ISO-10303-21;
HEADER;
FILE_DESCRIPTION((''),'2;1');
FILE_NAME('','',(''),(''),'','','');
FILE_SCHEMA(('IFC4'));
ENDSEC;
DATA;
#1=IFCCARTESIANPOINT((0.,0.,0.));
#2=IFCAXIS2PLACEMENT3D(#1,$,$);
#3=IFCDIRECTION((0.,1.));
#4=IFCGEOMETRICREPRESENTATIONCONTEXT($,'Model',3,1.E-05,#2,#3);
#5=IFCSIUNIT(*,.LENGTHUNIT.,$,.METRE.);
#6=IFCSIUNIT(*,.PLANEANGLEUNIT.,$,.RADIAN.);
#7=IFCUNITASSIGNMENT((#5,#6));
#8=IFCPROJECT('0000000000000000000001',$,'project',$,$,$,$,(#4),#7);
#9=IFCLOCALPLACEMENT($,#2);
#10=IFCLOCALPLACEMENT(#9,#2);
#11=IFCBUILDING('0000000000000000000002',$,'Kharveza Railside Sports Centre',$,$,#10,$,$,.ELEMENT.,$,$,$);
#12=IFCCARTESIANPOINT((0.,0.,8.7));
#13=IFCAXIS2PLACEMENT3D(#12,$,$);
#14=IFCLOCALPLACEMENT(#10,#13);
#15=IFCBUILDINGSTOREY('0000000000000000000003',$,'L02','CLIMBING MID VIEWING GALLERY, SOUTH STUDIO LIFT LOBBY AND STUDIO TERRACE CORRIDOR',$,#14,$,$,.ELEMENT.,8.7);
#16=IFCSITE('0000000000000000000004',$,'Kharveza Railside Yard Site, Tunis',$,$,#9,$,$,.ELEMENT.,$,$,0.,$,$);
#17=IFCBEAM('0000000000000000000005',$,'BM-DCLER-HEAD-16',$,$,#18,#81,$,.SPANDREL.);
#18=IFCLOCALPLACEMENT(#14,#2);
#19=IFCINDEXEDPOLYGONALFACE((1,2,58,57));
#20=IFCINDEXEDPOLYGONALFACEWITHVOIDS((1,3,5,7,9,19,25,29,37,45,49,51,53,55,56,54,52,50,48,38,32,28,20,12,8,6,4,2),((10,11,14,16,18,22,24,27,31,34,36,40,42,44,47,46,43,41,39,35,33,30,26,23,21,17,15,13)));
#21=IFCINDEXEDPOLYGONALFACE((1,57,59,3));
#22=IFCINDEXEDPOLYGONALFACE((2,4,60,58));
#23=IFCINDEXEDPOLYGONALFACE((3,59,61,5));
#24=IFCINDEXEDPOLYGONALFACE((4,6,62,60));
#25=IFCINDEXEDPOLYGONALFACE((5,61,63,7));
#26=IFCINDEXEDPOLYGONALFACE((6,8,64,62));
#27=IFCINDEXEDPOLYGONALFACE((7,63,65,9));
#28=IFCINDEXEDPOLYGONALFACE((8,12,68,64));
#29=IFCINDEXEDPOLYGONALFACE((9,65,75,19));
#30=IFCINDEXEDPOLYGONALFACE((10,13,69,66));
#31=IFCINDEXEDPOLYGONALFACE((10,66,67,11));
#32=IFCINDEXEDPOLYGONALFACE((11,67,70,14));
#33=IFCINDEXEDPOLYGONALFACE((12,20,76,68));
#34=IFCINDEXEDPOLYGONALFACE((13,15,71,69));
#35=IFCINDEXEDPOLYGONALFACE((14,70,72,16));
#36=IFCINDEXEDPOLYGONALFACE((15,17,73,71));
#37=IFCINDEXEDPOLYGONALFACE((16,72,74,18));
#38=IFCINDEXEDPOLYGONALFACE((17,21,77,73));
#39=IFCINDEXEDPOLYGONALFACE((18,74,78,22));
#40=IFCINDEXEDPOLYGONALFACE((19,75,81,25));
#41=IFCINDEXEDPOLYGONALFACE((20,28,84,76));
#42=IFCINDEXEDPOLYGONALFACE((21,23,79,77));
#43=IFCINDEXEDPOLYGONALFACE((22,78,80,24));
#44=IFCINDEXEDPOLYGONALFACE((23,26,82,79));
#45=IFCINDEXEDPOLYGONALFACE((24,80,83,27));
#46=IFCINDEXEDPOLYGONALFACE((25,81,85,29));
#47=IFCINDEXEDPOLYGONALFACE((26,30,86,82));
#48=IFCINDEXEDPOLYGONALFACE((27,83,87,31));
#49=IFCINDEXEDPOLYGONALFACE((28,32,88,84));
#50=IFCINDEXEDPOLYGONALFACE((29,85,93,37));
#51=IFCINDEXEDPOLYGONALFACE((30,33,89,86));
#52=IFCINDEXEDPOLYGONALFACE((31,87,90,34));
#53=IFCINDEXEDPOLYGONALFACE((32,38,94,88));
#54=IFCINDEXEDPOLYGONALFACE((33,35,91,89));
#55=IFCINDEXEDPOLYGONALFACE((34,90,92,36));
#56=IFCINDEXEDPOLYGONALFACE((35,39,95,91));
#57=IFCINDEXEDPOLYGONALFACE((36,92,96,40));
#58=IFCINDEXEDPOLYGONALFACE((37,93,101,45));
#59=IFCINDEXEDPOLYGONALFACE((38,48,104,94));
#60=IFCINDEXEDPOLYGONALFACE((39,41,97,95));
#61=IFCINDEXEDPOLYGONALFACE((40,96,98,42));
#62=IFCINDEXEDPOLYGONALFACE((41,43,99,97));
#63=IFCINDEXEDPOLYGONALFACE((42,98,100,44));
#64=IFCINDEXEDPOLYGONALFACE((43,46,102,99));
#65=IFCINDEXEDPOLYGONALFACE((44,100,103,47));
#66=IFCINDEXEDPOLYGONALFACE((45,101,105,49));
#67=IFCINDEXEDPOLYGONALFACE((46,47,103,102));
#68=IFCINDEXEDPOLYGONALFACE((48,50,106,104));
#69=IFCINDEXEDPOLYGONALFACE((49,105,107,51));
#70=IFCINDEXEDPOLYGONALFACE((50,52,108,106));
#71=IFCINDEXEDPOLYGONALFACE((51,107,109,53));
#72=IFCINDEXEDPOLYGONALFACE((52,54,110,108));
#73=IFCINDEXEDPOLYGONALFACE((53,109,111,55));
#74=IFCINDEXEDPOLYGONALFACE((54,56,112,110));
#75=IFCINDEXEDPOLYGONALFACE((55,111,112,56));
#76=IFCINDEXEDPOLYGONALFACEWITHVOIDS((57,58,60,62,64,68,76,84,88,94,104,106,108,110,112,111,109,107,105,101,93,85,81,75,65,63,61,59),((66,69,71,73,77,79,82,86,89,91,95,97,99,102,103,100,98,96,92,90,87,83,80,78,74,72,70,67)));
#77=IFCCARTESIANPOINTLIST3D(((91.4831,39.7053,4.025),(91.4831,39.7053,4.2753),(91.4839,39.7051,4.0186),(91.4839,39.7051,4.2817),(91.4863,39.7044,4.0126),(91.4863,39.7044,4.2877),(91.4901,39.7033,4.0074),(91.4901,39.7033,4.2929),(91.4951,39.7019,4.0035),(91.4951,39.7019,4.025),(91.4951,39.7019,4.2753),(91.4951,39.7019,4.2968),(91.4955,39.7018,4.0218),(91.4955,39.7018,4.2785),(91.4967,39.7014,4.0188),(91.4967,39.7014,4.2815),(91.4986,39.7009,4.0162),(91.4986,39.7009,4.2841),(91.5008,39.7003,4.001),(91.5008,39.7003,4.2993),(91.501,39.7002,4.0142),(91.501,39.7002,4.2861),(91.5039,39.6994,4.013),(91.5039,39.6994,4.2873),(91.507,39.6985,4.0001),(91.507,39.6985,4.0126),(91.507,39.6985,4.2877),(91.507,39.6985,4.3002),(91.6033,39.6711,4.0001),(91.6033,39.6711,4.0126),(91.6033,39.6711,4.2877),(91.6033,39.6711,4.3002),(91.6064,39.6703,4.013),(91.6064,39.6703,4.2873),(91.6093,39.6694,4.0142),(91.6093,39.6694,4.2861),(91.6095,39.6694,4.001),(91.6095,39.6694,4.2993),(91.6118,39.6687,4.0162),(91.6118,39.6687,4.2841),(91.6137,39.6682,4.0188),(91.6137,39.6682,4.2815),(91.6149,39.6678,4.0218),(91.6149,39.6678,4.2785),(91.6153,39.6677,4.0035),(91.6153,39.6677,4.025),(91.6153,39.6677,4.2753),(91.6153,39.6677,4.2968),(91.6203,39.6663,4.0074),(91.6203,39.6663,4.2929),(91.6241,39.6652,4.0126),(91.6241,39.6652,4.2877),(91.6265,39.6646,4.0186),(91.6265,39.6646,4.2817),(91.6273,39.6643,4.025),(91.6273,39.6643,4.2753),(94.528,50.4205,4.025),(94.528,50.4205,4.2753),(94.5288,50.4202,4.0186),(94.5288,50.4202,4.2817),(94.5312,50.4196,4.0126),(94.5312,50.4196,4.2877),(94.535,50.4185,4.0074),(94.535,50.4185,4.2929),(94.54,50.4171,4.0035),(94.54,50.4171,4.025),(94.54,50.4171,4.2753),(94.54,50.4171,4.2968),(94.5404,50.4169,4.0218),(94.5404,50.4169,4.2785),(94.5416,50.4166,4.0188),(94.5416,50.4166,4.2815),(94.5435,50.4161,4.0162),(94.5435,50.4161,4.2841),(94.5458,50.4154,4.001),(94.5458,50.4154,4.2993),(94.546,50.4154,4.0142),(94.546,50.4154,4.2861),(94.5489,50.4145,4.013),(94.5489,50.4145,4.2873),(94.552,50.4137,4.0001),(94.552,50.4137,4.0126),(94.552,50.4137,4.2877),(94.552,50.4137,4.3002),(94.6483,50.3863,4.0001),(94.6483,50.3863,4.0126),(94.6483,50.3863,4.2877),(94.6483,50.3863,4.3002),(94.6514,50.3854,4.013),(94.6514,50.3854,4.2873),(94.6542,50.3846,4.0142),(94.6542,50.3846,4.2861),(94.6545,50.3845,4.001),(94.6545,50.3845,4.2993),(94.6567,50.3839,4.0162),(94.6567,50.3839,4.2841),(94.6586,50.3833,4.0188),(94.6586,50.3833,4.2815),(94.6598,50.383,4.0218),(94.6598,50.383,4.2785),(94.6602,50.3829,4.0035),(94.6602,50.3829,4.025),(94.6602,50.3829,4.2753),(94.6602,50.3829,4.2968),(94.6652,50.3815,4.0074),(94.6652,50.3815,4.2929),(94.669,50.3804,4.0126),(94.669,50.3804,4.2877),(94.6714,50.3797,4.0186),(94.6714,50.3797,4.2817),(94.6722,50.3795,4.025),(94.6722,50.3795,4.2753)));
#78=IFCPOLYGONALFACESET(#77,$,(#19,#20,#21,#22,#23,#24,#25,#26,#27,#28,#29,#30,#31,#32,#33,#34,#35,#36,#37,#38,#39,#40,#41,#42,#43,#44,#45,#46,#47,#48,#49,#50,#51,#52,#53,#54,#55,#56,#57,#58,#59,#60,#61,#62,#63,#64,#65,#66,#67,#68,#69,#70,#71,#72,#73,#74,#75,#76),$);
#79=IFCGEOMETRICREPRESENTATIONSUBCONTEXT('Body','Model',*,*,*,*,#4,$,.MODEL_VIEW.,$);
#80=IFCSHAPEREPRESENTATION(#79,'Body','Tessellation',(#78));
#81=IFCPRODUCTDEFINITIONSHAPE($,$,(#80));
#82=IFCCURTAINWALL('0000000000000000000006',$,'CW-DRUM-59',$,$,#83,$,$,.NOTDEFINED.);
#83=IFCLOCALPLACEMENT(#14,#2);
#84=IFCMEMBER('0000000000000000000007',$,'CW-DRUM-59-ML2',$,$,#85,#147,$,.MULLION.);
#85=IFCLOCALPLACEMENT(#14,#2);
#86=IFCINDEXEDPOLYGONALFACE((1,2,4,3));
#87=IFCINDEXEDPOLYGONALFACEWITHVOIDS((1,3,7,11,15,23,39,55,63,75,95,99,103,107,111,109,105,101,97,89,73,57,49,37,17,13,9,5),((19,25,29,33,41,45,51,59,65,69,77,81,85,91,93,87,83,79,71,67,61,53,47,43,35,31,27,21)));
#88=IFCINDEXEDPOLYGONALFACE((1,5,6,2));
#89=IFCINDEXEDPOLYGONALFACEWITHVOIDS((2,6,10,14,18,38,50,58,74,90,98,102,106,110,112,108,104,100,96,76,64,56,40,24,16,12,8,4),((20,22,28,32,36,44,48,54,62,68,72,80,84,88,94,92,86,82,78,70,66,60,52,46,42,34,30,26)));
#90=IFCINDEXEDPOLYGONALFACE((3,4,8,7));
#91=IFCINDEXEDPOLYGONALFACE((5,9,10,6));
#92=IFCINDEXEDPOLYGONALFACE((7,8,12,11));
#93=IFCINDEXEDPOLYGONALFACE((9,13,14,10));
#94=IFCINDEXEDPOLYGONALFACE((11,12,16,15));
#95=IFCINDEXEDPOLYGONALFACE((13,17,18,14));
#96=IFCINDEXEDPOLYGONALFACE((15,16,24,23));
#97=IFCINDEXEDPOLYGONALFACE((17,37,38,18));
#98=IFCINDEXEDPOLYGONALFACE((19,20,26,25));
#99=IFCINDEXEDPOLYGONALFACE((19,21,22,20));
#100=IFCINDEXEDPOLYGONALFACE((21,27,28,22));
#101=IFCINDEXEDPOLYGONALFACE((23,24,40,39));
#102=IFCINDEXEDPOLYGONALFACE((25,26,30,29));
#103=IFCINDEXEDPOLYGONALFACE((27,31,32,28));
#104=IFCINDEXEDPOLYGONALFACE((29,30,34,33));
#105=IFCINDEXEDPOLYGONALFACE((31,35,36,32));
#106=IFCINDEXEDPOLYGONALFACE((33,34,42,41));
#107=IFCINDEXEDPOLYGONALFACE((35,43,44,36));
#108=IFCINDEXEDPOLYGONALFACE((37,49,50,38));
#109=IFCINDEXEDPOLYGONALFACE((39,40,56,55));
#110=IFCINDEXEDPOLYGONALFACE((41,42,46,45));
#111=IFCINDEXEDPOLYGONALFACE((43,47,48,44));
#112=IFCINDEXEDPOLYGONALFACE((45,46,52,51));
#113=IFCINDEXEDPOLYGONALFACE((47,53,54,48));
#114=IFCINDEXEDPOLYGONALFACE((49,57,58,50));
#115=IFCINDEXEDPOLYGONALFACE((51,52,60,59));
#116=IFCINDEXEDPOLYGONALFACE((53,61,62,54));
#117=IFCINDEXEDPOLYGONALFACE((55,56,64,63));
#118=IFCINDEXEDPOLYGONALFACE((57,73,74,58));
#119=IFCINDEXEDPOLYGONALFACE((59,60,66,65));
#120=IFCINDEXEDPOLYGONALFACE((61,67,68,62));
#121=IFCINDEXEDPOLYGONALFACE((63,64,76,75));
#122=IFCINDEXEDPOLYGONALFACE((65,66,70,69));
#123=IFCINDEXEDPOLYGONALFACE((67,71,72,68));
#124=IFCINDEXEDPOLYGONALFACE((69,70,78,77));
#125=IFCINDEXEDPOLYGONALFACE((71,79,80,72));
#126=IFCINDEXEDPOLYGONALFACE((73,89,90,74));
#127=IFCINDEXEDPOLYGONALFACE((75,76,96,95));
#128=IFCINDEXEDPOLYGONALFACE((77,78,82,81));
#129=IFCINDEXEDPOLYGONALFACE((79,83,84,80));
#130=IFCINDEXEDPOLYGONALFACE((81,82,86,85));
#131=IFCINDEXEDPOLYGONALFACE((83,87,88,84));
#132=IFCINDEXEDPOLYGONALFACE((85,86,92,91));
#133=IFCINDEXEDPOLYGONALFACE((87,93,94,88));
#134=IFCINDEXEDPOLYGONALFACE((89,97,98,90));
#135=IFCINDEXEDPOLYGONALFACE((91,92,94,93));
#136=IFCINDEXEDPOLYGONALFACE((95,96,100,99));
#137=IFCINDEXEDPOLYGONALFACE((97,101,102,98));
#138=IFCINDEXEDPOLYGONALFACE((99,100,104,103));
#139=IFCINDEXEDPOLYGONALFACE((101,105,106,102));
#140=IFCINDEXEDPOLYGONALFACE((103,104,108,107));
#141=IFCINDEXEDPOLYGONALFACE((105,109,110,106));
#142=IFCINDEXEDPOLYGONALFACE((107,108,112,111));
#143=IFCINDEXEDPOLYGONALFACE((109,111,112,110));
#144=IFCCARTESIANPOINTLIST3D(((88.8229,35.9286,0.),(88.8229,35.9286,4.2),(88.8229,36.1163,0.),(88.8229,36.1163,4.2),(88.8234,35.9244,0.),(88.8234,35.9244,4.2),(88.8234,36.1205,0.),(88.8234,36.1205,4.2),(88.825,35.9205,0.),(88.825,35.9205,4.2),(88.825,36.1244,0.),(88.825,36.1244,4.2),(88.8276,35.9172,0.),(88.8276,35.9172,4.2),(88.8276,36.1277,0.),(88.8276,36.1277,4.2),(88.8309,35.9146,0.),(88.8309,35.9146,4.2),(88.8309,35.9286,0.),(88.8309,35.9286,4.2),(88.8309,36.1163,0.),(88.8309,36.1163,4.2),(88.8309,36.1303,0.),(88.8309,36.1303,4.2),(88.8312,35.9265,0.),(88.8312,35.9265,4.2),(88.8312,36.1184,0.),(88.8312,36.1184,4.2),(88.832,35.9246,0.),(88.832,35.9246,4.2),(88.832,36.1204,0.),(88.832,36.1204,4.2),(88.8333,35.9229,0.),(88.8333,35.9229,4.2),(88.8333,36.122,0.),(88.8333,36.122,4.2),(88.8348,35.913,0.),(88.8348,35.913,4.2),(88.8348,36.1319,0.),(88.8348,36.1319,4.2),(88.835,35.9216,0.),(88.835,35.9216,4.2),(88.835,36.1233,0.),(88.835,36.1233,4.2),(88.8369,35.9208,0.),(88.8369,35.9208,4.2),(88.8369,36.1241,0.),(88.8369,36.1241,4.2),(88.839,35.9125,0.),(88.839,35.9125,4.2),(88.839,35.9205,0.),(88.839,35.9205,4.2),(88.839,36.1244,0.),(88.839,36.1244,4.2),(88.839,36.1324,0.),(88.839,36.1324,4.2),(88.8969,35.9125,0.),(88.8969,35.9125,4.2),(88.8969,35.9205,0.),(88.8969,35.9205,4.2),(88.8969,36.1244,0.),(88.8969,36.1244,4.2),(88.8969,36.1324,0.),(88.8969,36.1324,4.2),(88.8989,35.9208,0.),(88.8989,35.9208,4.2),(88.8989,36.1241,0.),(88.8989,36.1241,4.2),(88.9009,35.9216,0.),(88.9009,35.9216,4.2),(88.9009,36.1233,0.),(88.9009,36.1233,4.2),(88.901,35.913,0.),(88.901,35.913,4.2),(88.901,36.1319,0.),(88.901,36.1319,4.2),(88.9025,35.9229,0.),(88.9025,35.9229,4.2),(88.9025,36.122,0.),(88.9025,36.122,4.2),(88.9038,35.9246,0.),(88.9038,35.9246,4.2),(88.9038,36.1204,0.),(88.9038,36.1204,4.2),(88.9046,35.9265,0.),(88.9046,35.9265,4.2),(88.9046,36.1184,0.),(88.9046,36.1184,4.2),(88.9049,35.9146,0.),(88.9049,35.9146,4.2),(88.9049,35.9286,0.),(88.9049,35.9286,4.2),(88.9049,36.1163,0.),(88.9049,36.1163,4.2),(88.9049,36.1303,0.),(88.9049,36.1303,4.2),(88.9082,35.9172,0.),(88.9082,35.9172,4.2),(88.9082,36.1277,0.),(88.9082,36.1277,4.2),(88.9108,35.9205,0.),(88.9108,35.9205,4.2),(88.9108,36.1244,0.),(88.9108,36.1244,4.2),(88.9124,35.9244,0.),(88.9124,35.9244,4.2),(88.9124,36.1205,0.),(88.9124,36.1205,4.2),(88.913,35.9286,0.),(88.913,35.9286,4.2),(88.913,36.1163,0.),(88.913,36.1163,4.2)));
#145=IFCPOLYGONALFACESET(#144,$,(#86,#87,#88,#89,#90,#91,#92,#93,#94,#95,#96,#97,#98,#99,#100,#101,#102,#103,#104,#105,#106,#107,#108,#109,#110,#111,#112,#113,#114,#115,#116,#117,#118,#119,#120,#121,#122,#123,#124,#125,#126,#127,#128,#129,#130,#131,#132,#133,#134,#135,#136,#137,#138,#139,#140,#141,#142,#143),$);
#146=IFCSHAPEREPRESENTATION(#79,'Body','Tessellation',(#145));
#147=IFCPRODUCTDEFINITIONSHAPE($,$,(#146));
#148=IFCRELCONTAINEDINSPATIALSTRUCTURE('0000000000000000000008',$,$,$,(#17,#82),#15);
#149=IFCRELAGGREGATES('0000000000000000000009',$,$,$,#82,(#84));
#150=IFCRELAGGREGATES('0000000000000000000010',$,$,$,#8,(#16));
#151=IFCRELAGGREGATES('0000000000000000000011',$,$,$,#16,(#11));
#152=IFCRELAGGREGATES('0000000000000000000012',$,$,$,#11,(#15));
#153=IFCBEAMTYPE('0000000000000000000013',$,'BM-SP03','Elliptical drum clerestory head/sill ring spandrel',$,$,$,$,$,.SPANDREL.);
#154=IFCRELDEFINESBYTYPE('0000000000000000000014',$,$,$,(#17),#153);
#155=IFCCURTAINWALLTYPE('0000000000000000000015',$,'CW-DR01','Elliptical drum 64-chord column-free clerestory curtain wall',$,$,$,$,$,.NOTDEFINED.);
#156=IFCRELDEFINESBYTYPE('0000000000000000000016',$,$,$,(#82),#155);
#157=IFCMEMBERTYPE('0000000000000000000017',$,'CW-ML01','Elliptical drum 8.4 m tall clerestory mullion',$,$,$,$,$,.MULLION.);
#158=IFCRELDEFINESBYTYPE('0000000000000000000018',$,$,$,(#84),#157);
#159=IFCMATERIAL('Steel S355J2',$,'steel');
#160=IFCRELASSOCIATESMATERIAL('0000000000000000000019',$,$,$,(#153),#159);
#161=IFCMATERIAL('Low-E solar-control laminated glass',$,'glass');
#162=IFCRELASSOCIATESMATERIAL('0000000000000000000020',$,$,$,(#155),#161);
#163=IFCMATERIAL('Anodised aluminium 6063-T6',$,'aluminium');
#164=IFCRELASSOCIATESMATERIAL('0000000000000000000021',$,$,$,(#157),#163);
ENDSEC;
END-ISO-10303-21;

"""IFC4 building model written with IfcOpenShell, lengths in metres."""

from ifc_helpers import new_model, si_unit, direction, frame, origin, origin_2d, place, context, subcontext, project, spatial, hollow_rectangle, extrude, material, material_profile, profile_set, type_object, element, aggregate, save


model = new_model("IFC4")

# Units and contexts
model_context = context("Model", 3, precision=1e-05, world=origin(), true_north=direction((0.0, 1.0)))
body_context = subcontext(model_context, "Body", "Model", "MODEL_VIEW")
ifc_project = project(units=[si_unit("LENGTHUNIT", "METRE"), si_unit("PLANEANGLEUNIT", "RADIAN")], contexts=[model_context])

# Site, building, storey
site_placement = place(None, origin())
site = spatial("IfcSite", under=ifc_project, at=site_placement, Name="Kharveza Railside Yard Site, Tunis", CompositionType="ELEMENT", RefElevation=0.0)
building_placement = place(site_placement, origin())
building = spatial("IfcBuilding", under=site, at=building_placement, Name="Kharveza Railside Sports Centre", CompositionType="ELEMENT")
storey_placement = place(building_placement, frame((0.0, 0.0, 8.7)))
storey = spatial("IfcBuildingStorey", under=building, at=storey_placement, Name="L02", Description="CLIMBING MID VIEWING GALLERY, SOUTH STUDIO LIFT LOBBY AND STUDIO TERRACE CORRIDOR", CompositionType="ELEMENT", Elevation=8.7)

# Shared definitions
ifc_material_1 = material(Name="Steel S355J2", Category="steel")

# Beam
ifc_material_profile_1 = material_profile(ifc_material_1, hollow_rectangle(XDim=0.1499, YDim=0.3, WallThickness=0.0125, InnerFilletRadius=0.0125, OuterFilletRadius=0.0249, at=origin_2d()), Name="RHS 150x300x12.5")
ifc_profile_set_1 = profile_set([ifc_material_profile_1], Name="Steel S355J2")
beam_type_1 = type_object("IfcBeamType", Name="BM-SP03", Description="Elliptical drum clerestory head/sill ring spandrel", PredefinedType="SPANDREL", material=ifc_profile_set_1)
beam_1_placement = place(storey_placement, frame((91.5552, 39.6848, 4.1501), z_axis=(0.273349, 0.961915, 0.0), x_axis=(-0.961915, 0.273349, 0.0)))
element("IfcBeam", 1, at=beam_1_placement, inside=storey, type_object=beam_type_1, Name="BM-DCLER-HEAD-16", PredefinedType="SPANDREL", context=body_context, shape_type="SweptSolid", body=[
    extrude(hollow_rectangle(XDim=0.1499, YDim=0.3, WallThickness=0.0125, InnerFilletRadius=0.0125, OuterFilletRadius=0.0249, at=origin_2d()), origin(), (0.0, 0.0, 1.0), 11.1394),
])

# Curtain wall, member
ifc_material_2 = material(Name="Low-E solar-control laminated glass", Category="glass")
curtain_wall_type = type_object("IfcCurtainWallType", Name="CW-DR01", Description="Elliptical drum 64-chord column-free clerestory curtain wall", PredefinedType="NOTDEFINED", material=ifc_material_2)
curtain_wall_1_placement = place(storey_placement, origin())
curtain_wall_1 = element("IfcCurtainWall", 2, at=curtain_wall_1_placement, inside=storey, type_object=curtain_wall_type, Name="CW-DRUM-59", PredefinedType="NOTDEFINED")
ifc_material_3 = material(Name="Anodised aluminium 6063-T6", Category="aluminium")
ifc_material_profile_2 = material_profile(ifc_material_3, hollow_rectangle(XDim=0.0901, YDim=0.22, WallThickness=0.0081, InnerFilletRadius=0.0081, OuterFilletRadius=0.0161, at=origin_2d()), Name="RHS 90x220x8.0")
ifc_profile_set_2 = profile_set([ifc_material_profile_2], Name="Anodised aluminium 6063-T6")
member_type_1 = type_object("IfcMemberType", Name="CW-ML01", Description="Elliptical drum 8.4 m tall clerestory mullion", PredefinedType="MULLION", material=ifc_profile_set_2)
member_1_placement = place(storey_placement, frame((88.8679, 36.0225, 0.0), z_axis=(0.0, 0.0, 1.0), x_axis=(1.0, 0.0, 0.0)))
member_1 = element("IfcMember", 3, at=member_1_placement, type_object=member_type_1, Name="CW-DRUM-59-ML2", PredefinedType="MULLION", context=body_context, shape_type="SweptSolid", body=[
    extrude(hollow_rectangle(XDim=0.0901, YDim=0.22, WallThickness=0.0081, InnerFilletRadius=0.0081, OuterFilletRadius=0.0161, at=origin_2d()), origin(), (0.0, 0.0, 1.0), 4.2),
])

aggregate(curtain_wall_1, [member_1])

save(model, "model.ifc")
